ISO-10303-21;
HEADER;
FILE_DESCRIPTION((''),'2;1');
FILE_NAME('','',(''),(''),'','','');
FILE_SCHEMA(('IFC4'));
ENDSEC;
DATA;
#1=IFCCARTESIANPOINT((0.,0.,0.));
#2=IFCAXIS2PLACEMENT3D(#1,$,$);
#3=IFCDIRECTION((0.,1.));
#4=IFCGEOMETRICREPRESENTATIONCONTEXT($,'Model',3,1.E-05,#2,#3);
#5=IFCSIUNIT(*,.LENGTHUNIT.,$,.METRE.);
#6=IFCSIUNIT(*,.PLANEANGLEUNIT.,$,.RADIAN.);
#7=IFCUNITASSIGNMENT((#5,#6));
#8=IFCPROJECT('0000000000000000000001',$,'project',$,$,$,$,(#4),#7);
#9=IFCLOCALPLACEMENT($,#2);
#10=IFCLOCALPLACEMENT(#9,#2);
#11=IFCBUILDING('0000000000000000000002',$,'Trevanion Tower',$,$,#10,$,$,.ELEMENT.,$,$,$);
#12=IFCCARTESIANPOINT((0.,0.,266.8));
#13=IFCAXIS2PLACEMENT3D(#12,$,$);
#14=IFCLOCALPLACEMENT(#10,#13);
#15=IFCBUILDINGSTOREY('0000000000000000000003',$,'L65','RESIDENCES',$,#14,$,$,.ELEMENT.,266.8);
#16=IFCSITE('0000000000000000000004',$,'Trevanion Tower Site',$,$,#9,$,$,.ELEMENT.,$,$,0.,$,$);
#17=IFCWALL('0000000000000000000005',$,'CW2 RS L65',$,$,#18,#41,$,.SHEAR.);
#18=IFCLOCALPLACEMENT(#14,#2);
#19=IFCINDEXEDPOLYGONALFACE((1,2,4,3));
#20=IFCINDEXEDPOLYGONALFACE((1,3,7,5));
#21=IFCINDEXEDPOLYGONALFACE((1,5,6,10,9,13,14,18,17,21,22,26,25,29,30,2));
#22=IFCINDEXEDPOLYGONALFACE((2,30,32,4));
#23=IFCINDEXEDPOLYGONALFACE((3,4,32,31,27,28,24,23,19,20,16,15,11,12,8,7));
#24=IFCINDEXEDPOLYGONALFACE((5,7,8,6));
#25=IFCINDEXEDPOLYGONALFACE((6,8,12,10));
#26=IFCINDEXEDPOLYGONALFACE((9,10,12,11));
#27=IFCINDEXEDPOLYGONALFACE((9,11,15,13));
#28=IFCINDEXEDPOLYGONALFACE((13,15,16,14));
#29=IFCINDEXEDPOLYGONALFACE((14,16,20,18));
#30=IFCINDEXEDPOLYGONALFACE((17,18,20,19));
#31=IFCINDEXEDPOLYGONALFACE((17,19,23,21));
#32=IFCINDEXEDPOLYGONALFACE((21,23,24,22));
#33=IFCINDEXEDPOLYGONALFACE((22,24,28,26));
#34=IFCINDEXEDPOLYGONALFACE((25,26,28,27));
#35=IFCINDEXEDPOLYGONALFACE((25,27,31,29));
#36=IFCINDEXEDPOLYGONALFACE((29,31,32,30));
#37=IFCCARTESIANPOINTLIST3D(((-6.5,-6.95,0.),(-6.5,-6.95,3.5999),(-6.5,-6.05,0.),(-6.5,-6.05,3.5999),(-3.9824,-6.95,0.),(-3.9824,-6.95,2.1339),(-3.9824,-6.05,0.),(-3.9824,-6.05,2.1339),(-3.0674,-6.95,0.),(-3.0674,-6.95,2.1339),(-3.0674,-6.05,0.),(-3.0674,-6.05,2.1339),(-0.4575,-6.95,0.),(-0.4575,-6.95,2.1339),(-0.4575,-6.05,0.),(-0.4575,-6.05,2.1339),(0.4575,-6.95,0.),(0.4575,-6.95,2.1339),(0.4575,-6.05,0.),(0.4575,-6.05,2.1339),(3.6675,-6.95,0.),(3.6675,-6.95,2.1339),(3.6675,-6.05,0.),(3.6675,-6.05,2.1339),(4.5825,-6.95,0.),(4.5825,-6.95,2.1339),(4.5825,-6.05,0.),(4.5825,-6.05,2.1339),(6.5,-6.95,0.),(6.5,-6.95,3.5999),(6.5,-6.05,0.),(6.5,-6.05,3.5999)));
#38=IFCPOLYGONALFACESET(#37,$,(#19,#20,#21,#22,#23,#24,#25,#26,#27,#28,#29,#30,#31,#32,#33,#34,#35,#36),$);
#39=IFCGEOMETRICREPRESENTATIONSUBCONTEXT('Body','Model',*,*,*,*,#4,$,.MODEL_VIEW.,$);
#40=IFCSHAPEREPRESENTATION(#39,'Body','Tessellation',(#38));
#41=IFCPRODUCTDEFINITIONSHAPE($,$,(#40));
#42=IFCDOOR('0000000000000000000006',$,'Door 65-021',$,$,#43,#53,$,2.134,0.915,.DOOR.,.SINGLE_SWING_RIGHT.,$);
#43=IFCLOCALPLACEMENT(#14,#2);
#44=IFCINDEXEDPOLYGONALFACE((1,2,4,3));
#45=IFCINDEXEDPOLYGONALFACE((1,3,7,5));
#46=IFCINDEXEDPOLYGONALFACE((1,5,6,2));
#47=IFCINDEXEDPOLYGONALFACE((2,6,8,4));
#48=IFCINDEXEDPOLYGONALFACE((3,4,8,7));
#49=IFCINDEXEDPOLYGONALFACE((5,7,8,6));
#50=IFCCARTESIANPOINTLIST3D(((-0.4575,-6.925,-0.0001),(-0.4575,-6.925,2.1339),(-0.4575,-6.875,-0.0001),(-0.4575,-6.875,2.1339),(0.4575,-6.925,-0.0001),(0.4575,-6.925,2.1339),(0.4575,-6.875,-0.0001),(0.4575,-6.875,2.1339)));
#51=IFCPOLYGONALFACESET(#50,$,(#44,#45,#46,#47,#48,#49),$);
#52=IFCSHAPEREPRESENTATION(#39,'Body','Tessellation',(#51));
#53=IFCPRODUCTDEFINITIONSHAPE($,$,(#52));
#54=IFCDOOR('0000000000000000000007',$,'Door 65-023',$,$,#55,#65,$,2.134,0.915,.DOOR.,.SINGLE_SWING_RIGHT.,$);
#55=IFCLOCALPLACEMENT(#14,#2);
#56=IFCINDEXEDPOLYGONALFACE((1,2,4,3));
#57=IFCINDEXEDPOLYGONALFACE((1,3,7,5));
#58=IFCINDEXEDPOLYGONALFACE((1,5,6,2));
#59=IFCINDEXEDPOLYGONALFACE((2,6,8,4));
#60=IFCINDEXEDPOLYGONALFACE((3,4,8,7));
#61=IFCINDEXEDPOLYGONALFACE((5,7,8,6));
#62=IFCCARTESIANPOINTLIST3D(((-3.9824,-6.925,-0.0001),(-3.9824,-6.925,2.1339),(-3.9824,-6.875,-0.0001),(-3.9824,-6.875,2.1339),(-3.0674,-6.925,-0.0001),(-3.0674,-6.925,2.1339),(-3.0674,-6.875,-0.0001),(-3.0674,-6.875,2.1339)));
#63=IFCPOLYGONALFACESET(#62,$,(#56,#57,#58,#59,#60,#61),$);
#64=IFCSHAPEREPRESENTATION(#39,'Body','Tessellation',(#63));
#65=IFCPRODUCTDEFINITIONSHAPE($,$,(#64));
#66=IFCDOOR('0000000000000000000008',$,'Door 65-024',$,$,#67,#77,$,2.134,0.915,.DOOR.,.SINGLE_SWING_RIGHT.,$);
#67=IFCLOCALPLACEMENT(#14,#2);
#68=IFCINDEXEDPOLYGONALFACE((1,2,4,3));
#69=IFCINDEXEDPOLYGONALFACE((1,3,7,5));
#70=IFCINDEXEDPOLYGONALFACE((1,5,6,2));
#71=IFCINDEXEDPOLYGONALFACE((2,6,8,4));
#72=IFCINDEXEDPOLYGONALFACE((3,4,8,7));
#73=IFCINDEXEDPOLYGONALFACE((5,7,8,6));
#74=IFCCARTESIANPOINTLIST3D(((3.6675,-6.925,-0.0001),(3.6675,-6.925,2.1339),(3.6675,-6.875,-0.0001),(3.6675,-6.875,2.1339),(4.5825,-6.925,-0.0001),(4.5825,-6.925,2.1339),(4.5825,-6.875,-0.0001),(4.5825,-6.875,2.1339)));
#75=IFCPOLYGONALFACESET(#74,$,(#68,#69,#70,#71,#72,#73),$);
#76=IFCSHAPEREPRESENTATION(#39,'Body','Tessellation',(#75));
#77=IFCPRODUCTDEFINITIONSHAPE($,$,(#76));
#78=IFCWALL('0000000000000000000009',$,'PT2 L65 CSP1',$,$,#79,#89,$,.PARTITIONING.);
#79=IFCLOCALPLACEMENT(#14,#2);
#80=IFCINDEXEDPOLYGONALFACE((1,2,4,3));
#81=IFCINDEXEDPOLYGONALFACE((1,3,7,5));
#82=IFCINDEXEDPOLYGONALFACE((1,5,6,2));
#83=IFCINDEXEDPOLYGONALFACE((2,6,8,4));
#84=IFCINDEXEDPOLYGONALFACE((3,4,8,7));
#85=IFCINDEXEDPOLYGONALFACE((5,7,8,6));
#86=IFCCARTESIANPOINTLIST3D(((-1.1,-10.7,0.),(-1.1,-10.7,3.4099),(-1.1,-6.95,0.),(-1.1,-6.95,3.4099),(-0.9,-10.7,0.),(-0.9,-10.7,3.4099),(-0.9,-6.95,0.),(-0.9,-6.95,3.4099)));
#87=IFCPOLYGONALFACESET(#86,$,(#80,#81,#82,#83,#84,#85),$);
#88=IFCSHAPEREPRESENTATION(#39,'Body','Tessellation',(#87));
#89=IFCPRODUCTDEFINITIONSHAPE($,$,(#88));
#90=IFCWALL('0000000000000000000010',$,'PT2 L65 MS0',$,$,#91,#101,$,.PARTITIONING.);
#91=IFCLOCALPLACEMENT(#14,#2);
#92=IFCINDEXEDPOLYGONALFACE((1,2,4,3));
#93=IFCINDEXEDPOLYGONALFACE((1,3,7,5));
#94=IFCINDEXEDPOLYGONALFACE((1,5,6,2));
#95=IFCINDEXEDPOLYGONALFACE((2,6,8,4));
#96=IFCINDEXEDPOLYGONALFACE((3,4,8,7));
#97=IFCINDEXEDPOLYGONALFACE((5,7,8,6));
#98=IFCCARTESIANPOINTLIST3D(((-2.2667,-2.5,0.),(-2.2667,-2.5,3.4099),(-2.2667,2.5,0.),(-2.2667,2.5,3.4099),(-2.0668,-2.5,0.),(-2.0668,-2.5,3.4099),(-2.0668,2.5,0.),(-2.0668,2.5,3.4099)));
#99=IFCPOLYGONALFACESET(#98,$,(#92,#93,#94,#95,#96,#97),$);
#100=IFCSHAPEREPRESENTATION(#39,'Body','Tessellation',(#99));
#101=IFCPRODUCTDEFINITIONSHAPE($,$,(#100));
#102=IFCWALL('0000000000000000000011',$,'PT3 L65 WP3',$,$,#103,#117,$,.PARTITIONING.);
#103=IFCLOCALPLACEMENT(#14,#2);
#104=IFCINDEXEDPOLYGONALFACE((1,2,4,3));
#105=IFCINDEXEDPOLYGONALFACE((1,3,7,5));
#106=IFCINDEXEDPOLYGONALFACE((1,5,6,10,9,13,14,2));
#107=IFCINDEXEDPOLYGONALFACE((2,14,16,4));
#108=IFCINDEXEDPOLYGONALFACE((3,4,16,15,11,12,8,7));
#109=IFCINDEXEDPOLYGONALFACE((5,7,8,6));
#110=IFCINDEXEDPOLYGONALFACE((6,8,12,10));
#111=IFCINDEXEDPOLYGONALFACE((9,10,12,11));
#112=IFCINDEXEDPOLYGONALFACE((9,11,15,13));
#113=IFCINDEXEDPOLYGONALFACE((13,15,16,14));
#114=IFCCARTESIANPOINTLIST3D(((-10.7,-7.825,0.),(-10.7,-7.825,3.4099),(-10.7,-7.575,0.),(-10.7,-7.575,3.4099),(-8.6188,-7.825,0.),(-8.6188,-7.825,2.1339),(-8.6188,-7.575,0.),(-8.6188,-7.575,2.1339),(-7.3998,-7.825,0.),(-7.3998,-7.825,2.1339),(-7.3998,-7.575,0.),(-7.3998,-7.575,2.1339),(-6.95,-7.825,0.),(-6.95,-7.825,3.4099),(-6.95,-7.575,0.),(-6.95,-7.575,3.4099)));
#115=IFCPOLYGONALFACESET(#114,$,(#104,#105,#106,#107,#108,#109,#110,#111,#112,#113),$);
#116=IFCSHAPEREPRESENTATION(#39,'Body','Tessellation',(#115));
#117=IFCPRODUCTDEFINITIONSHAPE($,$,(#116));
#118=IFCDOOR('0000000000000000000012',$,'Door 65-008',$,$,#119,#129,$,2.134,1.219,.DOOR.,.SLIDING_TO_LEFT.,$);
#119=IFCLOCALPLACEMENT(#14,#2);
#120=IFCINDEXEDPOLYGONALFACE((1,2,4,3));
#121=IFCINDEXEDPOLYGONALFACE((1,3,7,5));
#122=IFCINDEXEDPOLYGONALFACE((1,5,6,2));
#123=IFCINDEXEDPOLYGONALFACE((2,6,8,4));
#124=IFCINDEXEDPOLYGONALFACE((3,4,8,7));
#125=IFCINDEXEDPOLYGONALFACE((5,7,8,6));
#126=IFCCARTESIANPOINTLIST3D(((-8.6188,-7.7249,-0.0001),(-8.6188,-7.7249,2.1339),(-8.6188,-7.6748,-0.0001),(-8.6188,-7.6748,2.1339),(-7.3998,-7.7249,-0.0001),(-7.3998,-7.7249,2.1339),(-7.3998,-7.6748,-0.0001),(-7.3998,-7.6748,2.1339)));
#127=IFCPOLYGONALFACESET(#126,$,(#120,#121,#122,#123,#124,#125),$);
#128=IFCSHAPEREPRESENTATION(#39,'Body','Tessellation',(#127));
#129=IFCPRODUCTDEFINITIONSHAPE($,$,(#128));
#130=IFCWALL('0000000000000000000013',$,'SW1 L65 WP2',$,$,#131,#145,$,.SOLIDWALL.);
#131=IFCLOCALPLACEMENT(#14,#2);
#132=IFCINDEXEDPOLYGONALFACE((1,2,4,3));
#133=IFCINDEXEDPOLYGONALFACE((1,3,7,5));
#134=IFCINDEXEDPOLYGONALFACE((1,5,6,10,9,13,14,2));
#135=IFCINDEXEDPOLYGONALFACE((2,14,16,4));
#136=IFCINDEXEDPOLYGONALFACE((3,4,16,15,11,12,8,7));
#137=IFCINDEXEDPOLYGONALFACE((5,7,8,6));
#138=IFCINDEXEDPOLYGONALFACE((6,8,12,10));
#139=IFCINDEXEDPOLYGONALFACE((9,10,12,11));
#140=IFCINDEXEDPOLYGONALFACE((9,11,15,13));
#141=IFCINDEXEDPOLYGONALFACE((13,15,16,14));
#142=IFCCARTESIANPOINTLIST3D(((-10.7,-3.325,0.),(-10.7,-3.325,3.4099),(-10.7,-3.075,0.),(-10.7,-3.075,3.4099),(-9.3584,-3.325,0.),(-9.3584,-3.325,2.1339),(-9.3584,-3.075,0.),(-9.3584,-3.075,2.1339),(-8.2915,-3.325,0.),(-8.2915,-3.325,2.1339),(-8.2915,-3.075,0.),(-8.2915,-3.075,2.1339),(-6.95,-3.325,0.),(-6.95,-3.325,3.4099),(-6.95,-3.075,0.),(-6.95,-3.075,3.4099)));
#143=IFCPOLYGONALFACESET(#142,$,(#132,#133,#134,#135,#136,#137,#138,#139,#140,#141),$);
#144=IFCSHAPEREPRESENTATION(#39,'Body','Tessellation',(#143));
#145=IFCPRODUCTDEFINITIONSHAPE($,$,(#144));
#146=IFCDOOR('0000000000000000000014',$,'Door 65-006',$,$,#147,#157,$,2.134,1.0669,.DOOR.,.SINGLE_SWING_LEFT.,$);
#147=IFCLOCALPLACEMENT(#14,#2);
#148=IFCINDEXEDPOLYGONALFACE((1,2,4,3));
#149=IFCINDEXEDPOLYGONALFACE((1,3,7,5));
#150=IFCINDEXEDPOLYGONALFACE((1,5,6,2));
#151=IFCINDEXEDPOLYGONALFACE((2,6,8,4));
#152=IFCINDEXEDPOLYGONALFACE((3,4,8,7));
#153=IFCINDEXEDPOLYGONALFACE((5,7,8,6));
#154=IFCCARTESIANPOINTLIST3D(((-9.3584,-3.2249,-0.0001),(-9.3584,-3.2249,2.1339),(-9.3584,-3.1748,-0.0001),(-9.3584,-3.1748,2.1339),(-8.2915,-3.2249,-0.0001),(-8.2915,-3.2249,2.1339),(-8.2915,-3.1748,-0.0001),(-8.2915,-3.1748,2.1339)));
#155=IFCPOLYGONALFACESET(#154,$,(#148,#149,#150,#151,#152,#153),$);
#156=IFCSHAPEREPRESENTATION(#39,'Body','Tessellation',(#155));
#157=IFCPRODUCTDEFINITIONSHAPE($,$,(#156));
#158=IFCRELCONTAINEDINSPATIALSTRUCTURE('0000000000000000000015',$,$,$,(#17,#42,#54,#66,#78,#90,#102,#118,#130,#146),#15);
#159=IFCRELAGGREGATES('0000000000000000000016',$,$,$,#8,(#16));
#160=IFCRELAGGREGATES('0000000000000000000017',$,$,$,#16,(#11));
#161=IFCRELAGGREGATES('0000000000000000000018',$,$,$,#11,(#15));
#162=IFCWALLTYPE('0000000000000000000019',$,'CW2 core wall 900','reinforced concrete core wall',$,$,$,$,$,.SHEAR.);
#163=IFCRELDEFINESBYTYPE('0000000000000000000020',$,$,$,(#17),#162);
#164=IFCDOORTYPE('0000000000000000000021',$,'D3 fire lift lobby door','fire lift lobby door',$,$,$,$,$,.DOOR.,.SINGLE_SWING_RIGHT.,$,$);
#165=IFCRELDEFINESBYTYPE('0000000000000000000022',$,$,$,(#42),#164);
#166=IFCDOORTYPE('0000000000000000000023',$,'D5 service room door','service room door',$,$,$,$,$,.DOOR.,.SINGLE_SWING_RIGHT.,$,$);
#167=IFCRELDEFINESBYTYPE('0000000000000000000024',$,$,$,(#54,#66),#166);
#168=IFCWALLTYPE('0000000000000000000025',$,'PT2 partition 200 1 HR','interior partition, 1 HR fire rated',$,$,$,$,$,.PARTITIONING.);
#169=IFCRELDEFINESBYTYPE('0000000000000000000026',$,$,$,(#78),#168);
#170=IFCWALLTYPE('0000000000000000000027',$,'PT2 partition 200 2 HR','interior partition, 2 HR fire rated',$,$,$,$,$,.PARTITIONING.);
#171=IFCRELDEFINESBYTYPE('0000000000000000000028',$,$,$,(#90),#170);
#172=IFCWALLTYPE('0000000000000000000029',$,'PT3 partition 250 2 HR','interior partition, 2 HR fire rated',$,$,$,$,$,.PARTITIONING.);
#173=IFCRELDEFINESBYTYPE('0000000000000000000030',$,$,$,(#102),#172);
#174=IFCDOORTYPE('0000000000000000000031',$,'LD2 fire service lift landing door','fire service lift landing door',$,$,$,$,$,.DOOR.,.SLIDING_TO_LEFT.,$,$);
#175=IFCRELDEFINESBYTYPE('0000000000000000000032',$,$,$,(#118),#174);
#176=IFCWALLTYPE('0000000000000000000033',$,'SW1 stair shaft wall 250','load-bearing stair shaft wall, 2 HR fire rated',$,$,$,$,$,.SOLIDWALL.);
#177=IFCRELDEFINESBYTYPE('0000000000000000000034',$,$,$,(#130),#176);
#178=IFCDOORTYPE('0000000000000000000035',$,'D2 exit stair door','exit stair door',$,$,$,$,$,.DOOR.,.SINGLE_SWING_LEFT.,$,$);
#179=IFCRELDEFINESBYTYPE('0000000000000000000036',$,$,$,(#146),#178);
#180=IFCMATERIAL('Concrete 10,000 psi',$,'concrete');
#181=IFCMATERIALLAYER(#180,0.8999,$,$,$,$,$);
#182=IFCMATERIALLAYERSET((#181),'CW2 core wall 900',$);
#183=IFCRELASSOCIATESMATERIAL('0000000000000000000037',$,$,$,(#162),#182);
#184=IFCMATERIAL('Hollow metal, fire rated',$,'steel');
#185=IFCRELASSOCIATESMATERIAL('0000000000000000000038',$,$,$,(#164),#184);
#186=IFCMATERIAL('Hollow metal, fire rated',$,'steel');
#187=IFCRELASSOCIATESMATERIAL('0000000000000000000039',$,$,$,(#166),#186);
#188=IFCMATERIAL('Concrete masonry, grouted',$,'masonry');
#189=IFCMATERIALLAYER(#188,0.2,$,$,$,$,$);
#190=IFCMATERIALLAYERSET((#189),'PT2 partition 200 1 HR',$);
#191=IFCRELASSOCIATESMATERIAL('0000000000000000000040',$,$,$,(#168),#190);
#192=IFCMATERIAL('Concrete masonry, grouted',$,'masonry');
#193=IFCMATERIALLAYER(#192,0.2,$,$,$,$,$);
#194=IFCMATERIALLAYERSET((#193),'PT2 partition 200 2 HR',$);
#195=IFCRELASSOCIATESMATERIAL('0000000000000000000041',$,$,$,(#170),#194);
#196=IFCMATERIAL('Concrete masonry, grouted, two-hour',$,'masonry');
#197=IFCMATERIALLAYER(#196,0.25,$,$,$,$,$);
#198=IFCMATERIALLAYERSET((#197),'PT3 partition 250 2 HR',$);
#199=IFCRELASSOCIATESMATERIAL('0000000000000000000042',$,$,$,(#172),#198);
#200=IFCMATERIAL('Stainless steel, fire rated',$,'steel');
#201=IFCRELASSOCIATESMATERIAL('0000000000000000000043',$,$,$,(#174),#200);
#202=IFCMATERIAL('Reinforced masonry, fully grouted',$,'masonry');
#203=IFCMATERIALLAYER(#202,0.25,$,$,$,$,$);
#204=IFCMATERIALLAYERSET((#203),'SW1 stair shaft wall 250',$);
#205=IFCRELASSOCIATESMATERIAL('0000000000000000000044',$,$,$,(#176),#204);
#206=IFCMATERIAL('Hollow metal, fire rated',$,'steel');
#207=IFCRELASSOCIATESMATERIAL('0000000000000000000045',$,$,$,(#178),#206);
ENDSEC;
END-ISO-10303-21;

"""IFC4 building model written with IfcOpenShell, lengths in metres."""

from ifc_helpers import new_model, si_unit, direction, frame, frame_2d, origin, place, context, subcontext, project, spatial, rectangle, extrude, material, layer, layer_set, type_object, element, fill, save


model = new_model("IFC4")

# Units and contexts
model_context = context("Model", 3, precision=1e-05, world=origin(), true_north=direction((0.0, 1.0)))
body_context = subcontext(model_context, "Body", "Model", "MODEL_VIEW")
ifc_project = project(units=[si_unit("LENGTHUNIT", "METRE"), si_unit("PLANEANGLEUNIT", "RADIAN")], contexts=[model_context])

# Site, building, storey
site_placement = place(None, origin())
site = spatial("IfcSite", under=ifc_project, at=site_placement, Name="Trevanion Tower Site", CompositionType="ELEMENT", RefElevation=0.0)
building_placement = place(site_placement, origin())
building = spatial("IfcBuilding", under=site, at=building_placement, Name="Trevanion Tower", CompositionType="ELEMENT")
storey_placement = place(building_placement, frame((0.0, 0.0, 266.8)))
storey = spatial("IfcBuildingStorey", under=building, at=storey_placement, Name="L65", Description="RESIDENCES", CompositionType="ELEMENT", Elevation=266.8)

# Shared definitions
ifc_material_1 = material(Name="Concrete 10,000 psi", Category="concrete")
ifc_layer_1 = layer(ifc_material_1, 0.8999)
ifc_layer_set_1 = layer_set([ifc_layer_1], Name="CW2 core wall 900")
wall_type_1 = type_object("IfcWallType", Name="CW2 core wall 900", Description="reinforced concrete core wall", PredefinedType="SHEAR", material=ifc_layer_set_1)

# Wall, openings, doors
wall_1_placement = place(storey_placement, frame((-6.5, -6.5, 0.0), z_axis=(0.0, 0.0, 1.0), x_axis=(1.0, 0.0, 0.0)))
wall_1 = element("IfcWall", 1, at=wall_1_placement, inside=storey, type_object=wall_type_1, Name="CW2 RS L65", PredefinedType="SHEAR", context=body_context, shape_type="SweptSolid", body=[
    extrude(rectangle(XDim=13.0, YDim=0.8999, at=frame_2d((6.5, 0.0))), origin(), (0.0, 0.0, 1.0), 3.5999),
])
opening_1_placement = place(wall_1_placement, frame((6.0425, 0.0, 0.0)))
opening_1 = element("IfcOpeningElement", 2, at=opening_1_placement, cuts=wall_1, PredefinedType="OPENING", context=body_context, shape_type="SweptSolid", body=[
    extrude(rectangle(XDim=0.915, YDim=2.134, at=frame_2d((0.4575, 1.0669))), frame((0.0, 0.46, 0.0), z_axis=(0.0, -1.0, 0.0), x_axis=(1.0, 0.0, 0.0)), (0.0, 0.0, 1.0), 0.9199),
])
opening_2_placement = place(wall_1_placement, frame((2.5176, 0.0, 0.0)))
opening_2 = element("IfcOpeningElement", 3, at=opening_2_placement, cuts=wall_1, PredefinedType="OPENING", context=body_context, shape_type="SweptSolid", body=[
    extrude(rectangle(XDim=0.915, YDim=2.134, at=frame_2d((0.4575, 1.0669))), frame((0.0, 0.46, 0.0), z_axis=(0.0, -1.0, 0.0), x_axis=(1.0, 0.0, 0.0)), (0.0, 0.0, 1.0), 0.9199),
])
opening_3_placement = place(wall_1_placement, frame((10.1675, 0.0, 0.0)))
opening_3 = element("IfcOpeningElement", 4, at=opening_3_placement, cuts=wall_1, PredefinedType="OPENING", context=body_context, shape_type="SweptSolid", body=[
    extrude(rectangle(XDim=0.915, YDim=2.134, at=frame_2d((0.4575, 1.0669))), frame((0.0, 0.46, 0.0), z_axis=(0.0, -1.0, 0.0), x_axis=(1.0, 0.0, 0.0)), (0.0, 0.0, 1.0), 0.9199),
])
ifc_material_2 = material(Name="Hollow metal, fire rated", Category="steel")
door_type_1 = type_object("IfcDoorType", Name="D3 fire lift lobby door", Description="fire lift lobby door", OperationType="SINGLE_SWING_RIGHT", PredefinedType="DOOR", material=ifc_material_2)
door_1_placement = place(opening_1_placement, origin())
door_1 = element("IfcDoor", 5, at=door_1_placement, inside=storey, type_object=door_type_1, Name="Door 65-021", OperationType="SINGLE_SWING_RIGHT", OverallHeight=2.134, OverallWidth=0.915, PredefinedType="DOOR", context=body_context, shape_type="SweptSolid", body=[
    extrude(rectangle(XDim=0.915, YDim=2.134, at=frame_2d((0.4575, 1.0669))), frame((0.0, -0.375, 0.0), z_axis=(0.0, -1.0, 0.0), x_axis=(1.0, 0.0, 0.0)), (0.0, 0.0, 1.0), 0.05),
])
fill(opening_1, door_1)
ifc_material_3 = material(Name="Hollow metal, fire rated", Category="steel")
door_type_2 = type_object("IfcDoorType", Name="D5 service room door", Description="service room door", OperationType="SINGLE_SWING_RIGHT", PredefinedType="DOOR", material=ifc_material_3)
door_2_placement = place(opening_2_placement, origin())
door_2 = element("IfcDoor", 6, at=door_2_placement, inside=storey, type_object=door_type_2, Name="Door 65-023", OperationType="SINGLE_SWING_RIGHT", OverallHeight=2.134, OverallWidth=0.915, PredefinedType="DOOR", context=body_context, shape_type="SweptSolid", body=[
    extrude(rectangle(XDim=0.915, YDim=2.134, at=frame_2d((0.4575, 1.0669))), frame((0.0, -0.375, 0.0), z_axis=(0.0, -1.0, 0.0), x_axis=(1.0, 0.0, 0.0)), (0.0, 0.0, 1.0), 0.05),
])
fill(opening_2, door_2)
door_3_placement = place(opening_3_placement, origin())
door_3 = element("IfcDoor", 7, at=door_3_placement, inside=storey, type_object=door_type_2, Name="Door 65-024", OperationType="SINGLE_SWING_RIGHT", OverallHeight=2.134, OverallWidth=0.915, PredefinedType="DOOR", context=body_context, shape_type="SweptSolid", body=[
    extrude(rectangle(XDim=0.915, YDim=2.134, at=frame_2d((0.4575, 1.0669))), frame((0.0, -0.375, 0.0), z_axis=(0.0, -1.0, 0.0), x_axis=(1.0, 0.0, 0.0)), (0.0, 0.0, 1.0), 0.05),
])
fill(opening_3, door_3)

# Walls
ifc_material_4 = material(Name="Concrete masonry, grouted", Category="masonry")
ifc_layer_2 = layer(ifc_material_4, 0.2)
ifc_layer_set_2 = layer_set([ifc_layer_2], Name="PT2 partition 200 1 HR")
wall_type_2 = type_object("IfcWallType", Name="PT2 partition 200 1 HR", Description="interior partition, 1 HR fire rated", PredefinedType="PARTITIONING", material=ifc_layer_set_2)
wall_2_placement = place(storey_placement, frame((-1.0, -6.95, 0.0), z_axis=(0.0, 0.0, 1.0), x_axis=(0.0, -1.0, 0.0)))
element("IfcWall", 8, at=wall_2_placement, inside=storey, type_object=wall_type_2, Name="PT2 L65 CSP1", PredefinedType="PARTITIONING", context=body_context, shape_type="SweptSolid", body=[
    extrude(rectangle(XDim=3.75, YDim=0.2, at=frame_2d((1.875, 0.0))), origin(), (0.0, 0.0, 1.0), 3.4099),
])
ifc_material_5 = material(Name="Concrete masonry, grouted", Category="masonry")
ifc_layer_3 = layer(ifc_material_5, 0.2)
ifc_layer_set_3 = layer_set([ifc_layer_3], Name="PT2 partition 200 2 HR")
wall_type_3 = type_object("IfcWallType", Name="PT2 partition 200 2 HR", Description="interior partition, 2 HR fire rated", PredefinedType="PARTITIONING", material=ifc_layer_set_3)
wall_3_placement = place(storey_placement, frame((-2.1667, -2.5, 0.0), z_axis=(0.0, 0.0, 1.0), x_axis=(0.0, 1.0, 0.0)))
element("IfcWall", 9, at=wall_3_placement, inside=storey, type_object=wall_type_3, Name="PT2 L65 MS0", PredefinedType="PARTITIONING", context=body_context, shape_type="SweptSolid", body=[
    extrude(rectangle(XDim=5.0, YDim=0.2, at=frame_2d((2.5, 0.0))), origin(), (0.0, 0.0, 1.0), 3.4099),
])

# Walls, openings, doors
ifc_material_6 = material(Name="Concrete masonry, grouted, two-hour", Category="masonry")
ifc_layer_4 = layer(ifc_material_6, 0.25)
ifc_layer_set_4 = layer_set([ifc_layer_4], Name="PT3 partition 250 2 HR")
wall_type_4 = type_object("IfcWallType", Name="PT3 partition 250 2 HR", Description="interior partition, 2 HR fire rated", PredefinedType="PARTITIONING", material=ifc_layer_set_4)
wall_4_placement = place(storey_placement, frame((-6.95, -7.7, 0.0), z_axis=(0.0, 0.0, 1.0), x_axis=(-1.0, 0.0, 0.0)))
wall_4 = element("IfcWall", 10, at=wall_4_placement, inside=storey, type_object=wall_type_4, Name="PT3 L65 WP3", PredefinedType="PARTITIONING", context=body_context, shape_type="SweptSolid", body=[
    extrude(rectangle(XDim=3.75, YDim=0.25, at=frame_2d((1.875, 0.0))), origin(), (0.0, 0.0, 1.0), 3.4099),
])
opening_4_placement = place(wall_4_placement, frame((0.45, 0.0, 0.0)))
opening_4 = element("IfcOpeningElement", 11, at=opening_4_placement, cuts=wall_4, PredefinedType="OPENING", context=body_context, shape_type="SweptSolid", body=[
    extrude(rectangle(XDim=1.219, YDim=2.134, at=frame_2d((0.6094, 1.0669))), frame((0.0, 0.135, 0.0), z_axis=(0.0, -1.0, 0.0), x_axis=(1.0, 0.0, 0.0)), (0.0, 0.0, 1.0), 0.27),
])
ifc_material_7 = material(Name="Stainless steel, fire rated", Category="steel")
door_type_3 = type_object("IfcDoorType", Name="LD2 fire service lift landing door", Description="fire service lift landing door", OperationType="SLIDING_TO_LEFT", PredefinedType="DOOR", material=ifc_material_7)
door_4_placement = place(opening_4_placement, origin())
door_4 = element("IfcDoor", 12, at=door_4_placement, inside=storey, type_object=door_type_3, Name="Door 65-008", OperationType="SLIDING_TO_LEFT", OverallHeight=2.134, OverallWidth=1.219, PredefinedType="DOOR", context=body_context, shape_type="SweptSolid", body=[
    extrude(rectangle(XDim=1.219, YDim=2.134, at=frame_2d((0.6094, 1.0669))), frame((0.0, 0.0249, 0.0), z_axis=(0.0, -1.0, 0.0), x_axis=(1.0, 0.0, 0.0)), (0.0, 0.0, 1.0), 0.05),
])
fill(opening_4, door_4)
ifc_material_8 = material(Name="Reinforced masonry, fully grouted", Category="masonry")
ifc_layer_5 = layer(ifc_material_8, 0.25)
ifc_layer_set_5 = layer_set([ifc_layer_5], Name="SW1 stair shaft wall 250")
wall_type_5 = type_object("IfcWallType", Name="SW1 stair shaft wall 250", Description="load-bearing stair shaft wall, 2 HR fire rated", PredefinedType="SOLIDWALL", material=ifc_layer_set_5)
wall_5_placement = place(storey_placement, frame((-6.95, -3.2, 0.0), z_axis=(0.0, 0.0, 1.0), x_axis=(-1.0, 0.0, 0.0)))
wall_5 = element("IfcWall", 13, at=wall_5_placement, inside=storey, type_object=wall_type_5, Name="SW1 L65 WP2", PredefinedType="SOLIDWALL", context=body_context, shape_type="SweptSolid", body=[
    extrude(rectangle(XDim=3.75, YDim=0.25, at=frame_2d((1.875, 0.0))), origin(), (0.0, 0.0, 1.0), 3.4099),
])
opening_5_placement = place(wall_5_placement, frame((1.3416, 0.0, 0.0)))
opening_5 = element("IfcOpeningElement", 14, at=opening_5_placement, cuts=wall_5, PredefinedType="OPENING", context=body_context, shape_type="SweptSolid", body=[
    extrude(rectangle(XDim=1.0669, YDim=2.134, at=frame_2d((0.5334, 1.0669))), frame((0.0, 0.135, 0.0), z_axis=(0.0, -1.0, 0.0), x_axis=(1.0, 0.0, 0.0)), (0.0, 0.0, 1.0), 0.27),
])
ifc_material_9 = material(Name="Hollow metal, fire rated", Category="steel")
door_type_4 = type_object("IfcDoorType", Name="D2 exit stair door", Description="exit stair door", OperationType="SINGLE_SWING_LEFT", PredefinedType="DOOR", material=ifc_material_9)
door_5_placement = place(opening_5_placement, origin())
door_5 = element("IfcDoor", 15, at=door_5_placement, inside=storey, type_object=door_type_4, Name="Door 65-006", OperationType="SINGLE_SWING_LEFT", OverallHeight=2.134, OverallWidth=1.0669, PredefinedType="DOOR", context=body_context, shape_type="SweptSolid", body=[
    extrude(rectangle(XDim=1.0669, YDim=2.134, at=frame_2d((0.5334, 1.0669))), frame((0.0, 0.0249, 0.0), z_axis=(0.0, -1.0, 0.0), x_axis=(1.0, 0.0, 0.0)), (0.0, 0.0, 1.0), 0.05),
])
fill(opening_5, door_5)

save(model, "model.ifc")
